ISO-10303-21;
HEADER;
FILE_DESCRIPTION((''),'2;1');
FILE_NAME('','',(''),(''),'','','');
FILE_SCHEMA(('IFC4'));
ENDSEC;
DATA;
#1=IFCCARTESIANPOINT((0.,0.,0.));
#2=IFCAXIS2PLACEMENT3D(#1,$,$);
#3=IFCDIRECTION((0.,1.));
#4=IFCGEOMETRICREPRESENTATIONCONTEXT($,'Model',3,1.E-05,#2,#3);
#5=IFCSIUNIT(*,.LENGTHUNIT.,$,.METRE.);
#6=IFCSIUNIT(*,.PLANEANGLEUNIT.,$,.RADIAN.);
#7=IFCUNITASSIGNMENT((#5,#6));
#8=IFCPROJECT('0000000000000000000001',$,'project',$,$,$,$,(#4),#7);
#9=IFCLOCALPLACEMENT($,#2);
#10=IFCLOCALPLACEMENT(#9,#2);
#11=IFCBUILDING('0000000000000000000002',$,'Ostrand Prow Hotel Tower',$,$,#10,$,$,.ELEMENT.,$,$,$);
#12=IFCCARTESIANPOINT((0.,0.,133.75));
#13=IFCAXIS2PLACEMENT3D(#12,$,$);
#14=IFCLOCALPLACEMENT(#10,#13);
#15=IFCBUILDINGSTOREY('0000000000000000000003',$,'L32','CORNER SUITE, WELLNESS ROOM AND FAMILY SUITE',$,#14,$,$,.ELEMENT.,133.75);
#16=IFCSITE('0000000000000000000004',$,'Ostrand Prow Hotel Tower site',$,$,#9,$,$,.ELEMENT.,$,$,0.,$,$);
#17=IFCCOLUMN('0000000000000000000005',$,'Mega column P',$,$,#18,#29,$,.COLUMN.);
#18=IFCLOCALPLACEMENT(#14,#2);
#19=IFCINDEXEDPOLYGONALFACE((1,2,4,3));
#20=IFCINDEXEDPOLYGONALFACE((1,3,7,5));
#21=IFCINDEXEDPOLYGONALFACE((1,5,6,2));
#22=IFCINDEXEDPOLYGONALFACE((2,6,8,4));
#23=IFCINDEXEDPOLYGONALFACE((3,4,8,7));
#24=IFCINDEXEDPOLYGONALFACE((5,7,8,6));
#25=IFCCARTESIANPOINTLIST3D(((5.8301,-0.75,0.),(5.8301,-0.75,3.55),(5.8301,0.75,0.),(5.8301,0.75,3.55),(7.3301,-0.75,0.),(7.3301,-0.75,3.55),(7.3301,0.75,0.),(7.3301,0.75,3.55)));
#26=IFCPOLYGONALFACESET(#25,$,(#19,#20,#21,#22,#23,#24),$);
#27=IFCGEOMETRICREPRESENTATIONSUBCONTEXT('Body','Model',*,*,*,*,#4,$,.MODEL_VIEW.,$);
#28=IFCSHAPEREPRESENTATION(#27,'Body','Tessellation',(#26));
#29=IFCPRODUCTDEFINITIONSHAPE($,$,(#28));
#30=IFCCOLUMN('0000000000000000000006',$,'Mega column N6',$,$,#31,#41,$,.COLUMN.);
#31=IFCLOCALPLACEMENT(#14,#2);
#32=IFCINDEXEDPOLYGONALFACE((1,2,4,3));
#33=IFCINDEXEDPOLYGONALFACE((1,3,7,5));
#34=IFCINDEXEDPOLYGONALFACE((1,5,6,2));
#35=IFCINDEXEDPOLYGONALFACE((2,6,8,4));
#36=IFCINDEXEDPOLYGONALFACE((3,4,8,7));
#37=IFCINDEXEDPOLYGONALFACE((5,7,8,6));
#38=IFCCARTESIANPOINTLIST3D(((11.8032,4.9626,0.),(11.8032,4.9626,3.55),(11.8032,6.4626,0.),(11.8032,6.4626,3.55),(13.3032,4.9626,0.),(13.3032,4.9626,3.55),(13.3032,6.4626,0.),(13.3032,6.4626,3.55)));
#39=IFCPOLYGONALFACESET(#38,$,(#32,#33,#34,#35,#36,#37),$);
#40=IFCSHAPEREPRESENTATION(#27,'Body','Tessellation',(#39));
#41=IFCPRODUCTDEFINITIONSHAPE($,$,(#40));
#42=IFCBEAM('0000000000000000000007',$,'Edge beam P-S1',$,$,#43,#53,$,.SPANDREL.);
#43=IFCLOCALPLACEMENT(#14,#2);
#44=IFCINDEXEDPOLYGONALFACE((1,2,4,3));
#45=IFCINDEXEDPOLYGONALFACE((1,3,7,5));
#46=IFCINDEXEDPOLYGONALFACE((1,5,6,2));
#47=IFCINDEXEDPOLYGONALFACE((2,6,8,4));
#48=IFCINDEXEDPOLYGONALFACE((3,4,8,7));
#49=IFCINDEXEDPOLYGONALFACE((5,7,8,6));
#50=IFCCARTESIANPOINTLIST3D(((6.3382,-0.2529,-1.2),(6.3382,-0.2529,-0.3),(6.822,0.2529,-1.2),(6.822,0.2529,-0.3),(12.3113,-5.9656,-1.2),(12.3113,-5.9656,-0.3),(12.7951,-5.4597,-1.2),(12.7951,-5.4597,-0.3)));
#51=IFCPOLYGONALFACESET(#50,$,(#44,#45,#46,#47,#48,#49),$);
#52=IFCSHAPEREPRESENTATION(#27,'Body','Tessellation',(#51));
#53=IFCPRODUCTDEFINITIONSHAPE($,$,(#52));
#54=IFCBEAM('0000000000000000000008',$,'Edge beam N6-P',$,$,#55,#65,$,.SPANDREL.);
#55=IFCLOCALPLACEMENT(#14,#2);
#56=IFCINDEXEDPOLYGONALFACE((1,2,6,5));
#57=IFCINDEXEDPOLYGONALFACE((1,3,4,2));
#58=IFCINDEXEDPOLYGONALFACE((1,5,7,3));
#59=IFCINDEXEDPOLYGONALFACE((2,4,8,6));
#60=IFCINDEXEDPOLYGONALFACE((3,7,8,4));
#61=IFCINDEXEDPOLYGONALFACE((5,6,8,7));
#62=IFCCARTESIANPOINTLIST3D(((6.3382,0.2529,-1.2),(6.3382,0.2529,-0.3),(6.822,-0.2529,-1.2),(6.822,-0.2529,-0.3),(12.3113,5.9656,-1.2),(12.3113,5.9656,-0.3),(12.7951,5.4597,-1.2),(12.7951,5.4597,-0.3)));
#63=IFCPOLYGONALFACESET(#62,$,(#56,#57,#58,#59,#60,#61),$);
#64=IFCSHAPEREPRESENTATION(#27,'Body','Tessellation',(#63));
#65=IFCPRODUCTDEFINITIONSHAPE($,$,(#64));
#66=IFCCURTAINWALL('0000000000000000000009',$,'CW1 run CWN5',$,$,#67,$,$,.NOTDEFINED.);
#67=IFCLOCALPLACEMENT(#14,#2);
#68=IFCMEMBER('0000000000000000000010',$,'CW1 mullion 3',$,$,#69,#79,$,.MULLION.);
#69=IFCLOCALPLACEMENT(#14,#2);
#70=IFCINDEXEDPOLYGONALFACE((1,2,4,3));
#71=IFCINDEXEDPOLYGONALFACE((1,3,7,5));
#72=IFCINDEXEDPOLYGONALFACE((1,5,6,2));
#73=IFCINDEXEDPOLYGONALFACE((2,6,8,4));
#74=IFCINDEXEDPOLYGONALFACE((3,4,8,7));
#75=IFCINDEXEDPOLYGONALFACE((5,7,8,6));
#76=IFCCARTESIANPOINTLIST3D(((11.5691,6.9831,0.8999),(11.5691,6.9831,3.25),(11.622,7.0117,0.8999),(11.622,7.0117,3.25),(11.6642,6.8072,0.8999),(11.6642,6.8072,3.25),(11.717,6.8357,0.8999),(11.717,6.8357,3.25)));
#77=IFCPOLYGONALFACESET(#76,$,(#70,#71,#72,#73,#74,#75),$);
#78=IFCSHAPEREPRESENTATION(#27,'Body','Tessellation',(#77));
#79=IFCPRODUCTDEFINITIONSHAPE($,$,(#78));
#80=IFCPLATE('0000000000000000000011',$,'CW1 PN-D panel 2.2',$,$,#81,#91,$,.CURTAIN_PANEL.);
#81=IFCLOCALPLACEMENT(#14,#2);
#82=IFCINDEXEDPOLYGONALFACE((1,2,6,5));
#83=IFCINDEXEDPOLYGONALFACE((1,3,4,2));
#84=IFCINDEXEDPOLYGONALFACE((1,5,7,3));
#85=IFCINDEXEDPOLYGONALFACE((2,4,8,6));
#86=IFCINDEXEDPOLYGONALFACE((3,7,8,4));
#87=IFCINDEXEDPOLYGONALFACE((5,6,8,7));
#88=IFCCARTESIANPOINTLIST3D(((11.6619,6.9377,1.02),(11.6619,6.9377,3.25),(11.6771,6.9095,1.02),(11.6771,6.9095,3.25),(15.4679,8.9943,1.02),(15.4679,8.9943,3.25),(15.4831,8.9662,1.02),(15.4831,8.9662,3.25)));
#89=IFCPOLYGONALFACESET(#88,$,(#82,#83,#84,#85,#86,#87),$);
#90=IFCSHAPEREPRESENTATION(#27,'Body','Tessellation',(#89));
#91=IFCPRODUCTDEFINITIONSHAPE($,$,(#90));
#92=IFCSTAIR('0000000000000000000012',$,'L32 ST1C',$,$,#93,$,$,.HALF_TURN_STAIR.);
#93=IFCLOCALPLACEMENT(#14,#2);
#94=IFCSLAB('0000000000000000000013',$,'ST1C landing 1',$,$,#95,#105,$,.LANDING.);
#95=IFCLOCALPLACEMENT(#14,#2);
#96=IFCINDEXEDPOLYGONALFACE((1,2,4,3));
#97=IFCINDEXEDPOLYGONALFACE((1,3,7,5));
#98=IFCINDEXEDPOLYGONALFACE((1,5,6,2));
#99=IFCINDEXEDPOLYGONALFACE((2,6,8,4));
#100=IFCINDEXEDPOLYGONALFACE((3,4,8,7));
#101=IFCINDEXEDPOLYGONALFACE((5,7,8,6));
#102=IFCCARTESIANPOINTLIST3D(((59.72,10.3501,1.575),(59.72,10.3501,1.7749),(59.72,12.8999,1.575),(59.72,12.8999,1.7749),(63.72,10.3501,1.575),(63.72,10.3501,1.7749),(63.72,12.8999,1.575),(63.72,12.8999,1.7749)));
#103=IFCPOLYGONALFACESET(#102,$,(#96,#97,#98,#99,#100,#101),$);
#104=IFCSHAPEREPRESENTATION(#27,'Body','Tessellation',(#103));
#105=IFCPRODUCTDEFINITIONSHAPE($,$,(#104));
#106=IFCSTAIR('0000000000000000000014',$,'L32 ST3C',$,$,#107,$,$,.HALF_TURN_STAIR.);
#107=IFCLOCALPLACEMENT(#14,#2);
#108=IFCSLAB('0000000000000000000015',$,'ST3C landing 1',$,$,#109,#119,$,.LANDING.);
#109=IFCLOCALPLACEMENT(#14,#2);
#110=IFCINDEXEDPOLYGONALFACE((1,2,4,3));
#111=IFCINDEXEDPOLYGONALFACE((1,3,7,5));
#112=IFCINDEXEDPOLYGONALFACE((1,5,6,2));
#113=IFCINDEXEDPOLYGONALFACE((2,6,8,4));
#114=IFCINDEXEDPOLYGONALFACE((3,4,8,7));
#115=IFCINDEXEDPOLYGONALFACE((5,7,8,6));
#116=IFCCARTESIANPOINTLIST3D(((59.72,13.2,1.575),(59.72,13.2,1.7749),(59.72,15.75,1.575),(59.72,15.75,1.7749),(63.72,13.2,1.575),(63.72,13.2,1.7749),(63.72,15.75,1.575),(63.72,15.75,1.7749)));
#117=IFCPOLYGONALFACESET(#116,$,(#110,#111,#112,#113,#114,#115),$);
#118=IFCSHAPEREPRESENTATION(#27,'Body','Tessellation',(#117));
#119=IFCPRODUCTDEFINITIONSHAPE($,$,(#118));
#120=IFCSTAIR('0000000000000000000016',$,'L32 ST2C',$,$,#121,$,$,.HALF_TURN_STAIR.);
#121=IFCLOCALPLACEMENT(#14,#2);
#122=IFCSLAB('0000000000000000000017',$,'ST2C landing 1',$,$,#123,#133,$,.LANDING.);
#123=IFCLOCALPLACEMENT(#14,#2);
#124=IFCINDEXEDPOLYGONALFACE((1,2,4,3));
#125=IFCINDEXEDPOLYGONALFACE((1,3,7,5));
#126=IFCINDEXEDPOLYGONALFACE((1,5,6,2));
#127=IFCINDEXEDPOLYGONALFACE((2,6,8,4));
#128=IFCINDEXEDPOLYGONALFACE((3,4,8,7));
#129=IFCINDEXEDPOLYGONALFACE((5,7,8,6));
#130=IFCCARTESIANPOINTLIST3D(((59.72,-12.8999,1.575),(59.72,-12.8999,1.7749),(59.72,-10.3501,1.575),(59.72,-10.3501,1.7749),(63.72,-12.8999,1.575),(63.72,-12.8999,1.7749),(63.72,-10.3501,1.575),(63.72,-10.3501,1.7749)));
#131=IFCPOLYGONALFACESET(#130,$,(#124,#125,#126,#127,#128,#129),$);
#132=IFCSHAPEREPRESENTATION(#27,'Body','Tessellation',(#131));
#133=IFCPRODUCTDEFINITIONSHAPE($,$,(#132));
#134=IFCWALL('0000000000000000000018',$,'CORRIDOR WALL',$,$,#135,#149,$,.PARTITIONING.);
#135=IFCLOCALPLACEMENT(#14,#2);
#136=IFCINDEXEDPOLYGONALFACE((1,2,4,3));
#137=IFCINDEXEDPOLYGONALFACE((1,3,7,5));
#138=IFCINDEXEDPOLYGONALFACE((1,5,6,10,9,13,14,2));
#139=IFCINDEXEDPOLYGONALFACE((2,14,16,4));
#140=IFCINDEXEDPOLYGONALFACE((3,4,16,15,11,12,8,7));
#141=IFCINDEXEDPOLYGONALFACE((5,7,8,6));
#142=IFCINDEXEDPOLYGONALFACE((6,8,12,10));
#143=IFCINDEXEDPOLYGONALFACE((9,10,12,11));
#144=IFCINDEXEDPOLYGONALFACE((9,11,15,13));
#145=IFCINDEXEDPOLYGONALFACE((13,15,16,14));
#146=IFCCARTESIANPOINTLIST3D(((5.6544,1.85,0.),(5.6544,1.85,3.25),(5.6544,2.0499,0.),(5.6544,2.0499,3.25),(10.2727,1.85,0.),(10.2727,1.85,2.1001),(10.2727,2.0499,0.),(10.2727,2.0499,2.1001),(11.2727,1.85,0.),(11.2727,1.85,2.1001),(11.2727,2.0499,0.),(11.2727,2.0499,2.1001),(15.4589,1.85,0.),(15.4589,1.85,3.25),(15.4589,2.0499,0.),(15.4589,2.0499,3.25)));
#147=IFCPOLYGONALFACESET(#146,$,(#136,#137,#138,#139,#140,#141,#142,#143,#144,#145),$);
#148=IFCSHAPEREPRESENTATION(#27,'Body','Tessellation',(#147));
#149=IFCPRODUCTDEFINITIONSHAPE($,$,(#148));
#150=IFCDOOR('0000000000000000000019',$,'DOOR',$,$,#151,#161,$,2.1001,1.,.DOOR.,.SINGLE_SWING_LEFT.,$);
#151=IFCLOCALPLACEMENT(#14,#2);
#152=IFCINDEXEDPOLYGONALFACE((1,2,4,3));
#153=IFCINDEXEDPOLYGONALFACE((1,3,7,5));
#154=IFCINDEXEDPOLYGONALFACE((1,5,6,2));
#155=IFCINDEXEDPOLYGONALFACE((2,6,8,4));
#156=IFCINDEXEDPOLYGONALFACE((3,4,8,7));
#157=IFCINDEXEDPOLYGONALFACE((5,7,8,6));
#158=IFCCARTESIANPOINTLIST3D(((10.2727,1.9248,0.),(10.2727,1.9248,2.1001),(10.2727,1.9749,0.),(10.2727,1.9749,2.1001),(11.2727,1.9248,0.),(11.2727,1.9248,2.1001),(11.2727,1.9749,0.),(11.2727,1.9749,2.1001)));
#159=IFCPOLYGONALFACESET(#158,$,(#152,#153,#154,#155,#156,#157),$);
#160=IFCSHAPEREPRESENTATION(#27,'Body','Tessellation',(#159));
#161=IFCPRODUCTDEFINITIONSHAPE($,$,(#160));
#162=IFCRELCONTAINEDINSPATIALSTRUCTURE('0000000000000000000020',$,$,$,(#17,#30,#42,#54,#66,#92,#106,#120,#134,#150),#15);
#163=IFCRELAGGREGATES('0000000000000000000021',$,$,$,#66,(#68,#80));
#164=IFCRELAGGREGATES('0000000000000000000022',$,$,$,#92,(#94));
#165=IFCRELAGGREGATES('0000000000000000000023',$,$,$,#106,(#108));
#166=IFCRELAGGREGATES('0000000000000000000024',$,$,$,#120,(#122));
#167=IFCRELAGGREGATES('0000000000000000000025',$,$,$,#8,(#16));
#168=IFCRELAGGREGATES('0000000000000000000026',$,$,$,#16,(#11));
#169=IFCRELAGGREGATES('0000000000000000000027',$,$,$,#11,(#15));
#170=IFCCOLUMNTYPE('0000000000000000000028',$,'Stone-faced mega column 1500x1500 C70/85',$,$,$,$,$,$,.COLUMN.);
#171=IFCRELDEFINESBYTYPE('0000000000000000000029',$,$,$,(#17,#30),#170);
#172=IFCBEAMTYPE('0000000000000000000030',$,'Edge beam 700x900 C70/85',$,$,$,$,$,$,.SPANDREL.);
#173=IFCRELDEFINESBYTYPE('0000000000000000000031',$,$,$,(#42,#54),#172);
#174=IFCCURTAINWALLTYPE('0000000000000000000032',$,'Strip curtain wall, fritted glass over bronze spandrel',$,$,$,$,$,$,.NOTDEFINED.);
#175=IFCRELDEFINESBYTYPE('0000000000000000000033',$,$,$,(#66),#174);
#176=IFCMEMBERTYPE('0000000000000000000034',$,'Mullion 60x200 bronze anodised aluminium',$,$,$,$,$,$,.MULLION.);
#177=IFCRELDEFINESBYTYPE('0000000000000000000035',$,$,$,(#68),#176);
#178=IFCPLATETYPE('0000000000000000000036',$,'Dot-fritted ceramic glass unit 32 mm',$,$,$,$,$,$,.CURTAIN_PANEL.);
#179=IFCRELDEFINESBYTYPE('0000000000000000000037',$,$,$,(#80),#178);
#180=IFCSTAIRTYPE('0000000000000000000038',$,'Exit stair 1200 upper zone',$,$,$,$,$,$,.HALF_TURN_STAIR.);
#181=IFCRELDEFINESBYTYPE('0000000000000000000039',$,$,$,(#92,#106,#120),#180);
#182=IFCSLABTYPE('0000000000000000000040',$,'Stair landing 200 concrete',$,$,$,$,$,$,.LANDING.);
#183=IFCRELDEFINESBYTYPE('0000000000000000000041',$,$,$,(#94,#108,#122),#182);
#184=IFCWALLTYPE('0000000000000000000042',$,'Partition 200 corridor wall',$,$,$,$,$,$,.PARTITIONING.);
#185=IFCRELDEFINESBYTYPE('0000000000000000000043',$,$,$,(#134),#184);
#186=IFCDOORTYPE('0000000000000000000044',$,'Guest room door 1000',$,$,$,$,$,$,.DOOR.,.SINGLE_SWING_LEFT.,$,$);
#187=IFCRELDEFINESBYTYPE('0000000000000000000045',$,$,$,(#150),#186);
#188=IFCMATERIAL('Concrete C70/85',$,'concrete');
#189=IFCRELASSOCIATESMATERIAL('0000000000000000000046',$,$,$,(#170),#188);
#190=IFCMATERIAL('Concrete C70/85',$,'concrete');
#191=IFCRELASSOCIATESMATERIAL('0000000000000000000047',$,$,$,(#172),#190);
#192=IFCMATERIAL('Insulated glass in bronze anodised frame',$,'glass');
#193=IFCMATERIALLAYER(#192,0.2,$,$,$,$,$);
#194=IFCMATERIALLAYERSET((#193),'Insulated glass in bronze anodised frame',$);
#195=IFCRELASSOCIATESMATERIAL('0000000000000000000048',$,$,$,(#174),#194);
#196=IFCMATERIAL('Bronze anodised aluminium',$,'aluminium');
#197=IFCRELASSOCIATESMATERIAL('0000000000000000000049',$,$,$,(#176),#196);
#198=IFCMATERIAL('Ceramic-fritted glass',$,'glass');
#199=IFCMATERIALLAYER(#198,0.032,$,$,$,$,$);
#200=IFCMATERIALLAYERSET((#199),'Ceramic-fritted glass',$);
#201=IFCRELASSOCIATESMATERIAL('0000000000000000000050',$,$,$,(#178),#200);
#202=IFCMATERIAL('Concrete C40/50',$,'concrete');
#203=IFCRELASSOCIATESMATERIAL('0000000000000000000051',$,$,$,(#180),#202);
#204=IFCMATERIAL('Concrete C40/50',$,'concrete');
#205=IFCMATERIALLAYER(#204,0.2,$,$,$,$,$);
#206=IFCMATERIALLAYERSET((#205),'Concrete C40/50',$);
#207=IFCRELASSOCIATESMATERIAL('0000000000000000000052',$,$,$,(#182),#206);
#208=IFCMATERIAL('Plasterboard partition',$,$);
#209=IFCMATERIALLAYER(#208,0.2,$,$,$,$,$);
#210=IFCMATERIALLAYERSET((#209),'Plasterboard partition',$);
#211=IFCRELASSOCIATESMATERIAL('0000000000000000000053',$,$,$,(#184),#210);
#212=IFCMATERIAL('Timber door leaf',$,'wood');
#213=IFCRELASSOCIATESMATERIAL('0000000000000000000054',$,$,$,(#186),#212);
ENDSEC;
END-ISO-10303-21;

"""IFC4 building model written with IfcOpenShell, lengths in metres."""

from ifc_helpers import new_model, si_unit, direction, frame, frame_2d, origin, origin_2d, place, context, subcontext, project, spatial, polyline, rectangle, outline, extrude, material, layer, layer_set, material_profile, profile_set, type_object, element, fill, aggregate, save


model = new_model("IFC4")

# Units and contexts
model_context = context("Model", 3, precision=1e-05, world=origin(), true_north=direction((0.0, 1.0)))
body_context = subcontext(model_context, "Body", "Model", "MODEL_VIEW")
ifc_project = project(units=[si_unit("LENGTHUNIT", "METRE"), si_unit("PLANEANGLEUNIT", "RADIAN")], contexts=[model_context])

# Site, building, storey
site_placement = place(None, origin())
site = spatial("IfcSite", under=ifc_project, at=site_placement, Name="Ostrand Prow Hotel Tower site", CompositionType="ELEMENT", RefElevation=0.0)
building_placement = place(site_placement, origin())
building = spatial("IfcBuilding", under=site, at=building_placement, Name="Ostrand Prow Hotel Tower", CompositionType="ELEMENT")
storey_placement = place(building_placement, frame((0.0, 0.0, 133.75)))
storey = spatial("IfcBuildingStorey", under=building, at=storey_placement, Name="L32", Description="CORNER SUITE, WELLNESS ROOM AND FAMILY SUITE", CompositionType="ELEMENT", Elevation=133.75)

# Columns
ifc_material_1 = material(Name="Concrete C70/85", Category="concrete")
ifc_material_profile_1 = material_profile(ifc_material_1, rectangle(XDim=1.5, YDim=1.5, at=origin_2d()), Name="RC 1500x1500")
ifc_profile_set_1 = profile_set([ifc_material_profile_1], Name="Concrete C70/85")
column_type = type_object("IfcColumnType", Name="Stone-faced mega column 1500x1500 C70/85", PredefinedType="COLUMN", material=ifc_profile_set_1)
for number, where, z_axis, x_axis, name in (
    (1, (6.5801, 0.0, 0.0), (0.0, 0.0, 1.0), (1.0, 0.0, 0.0), "Mega column P"),
    (2, (12.5532, 5.7126, 0.0), (0.0, 0.0, 1.0), (1.0, 0.0, 0.0), "Mega column N6"),
):
    element("IfcColumn", number, at=place(storey_placement, frame(where, z_axis=z_axis, x_axis=x_axis)), inside=storey, type_object=column_type, Name=name, PredefinedType="COLUMN", context=body_context, shape_type="SweptSolid", body=[
        extrude(rectangle(XDim=1.5, YDim=1.5, at=origin_2d()), origin(), (0.0, 0.0, 1.0), 3.55),
    ])

# Beams
ifc_material_2 = material(Name="Concrete C70/85", Category="concrete")
ifc_material_profile_2 = material_profile(ifc_material_2, rectangle(XDim=0.7, YDim=0.8999, at=origin_2d()), Name="RC 700x900")
ifc_profile_set_2 = profile_set([ifc_material_profile_2], Name="Concrete C70/85")
beam_type = type_object("IfcBeamType", Name="Edge beam 700x900 C70/85", PredefinedType="SPANDREL", material=ifc_profile_set_2)
for number, where, z_axis, x_axis, name in (
    (3, (6.5801, 0.0, -0.75), (0.72269, -0.691172, 0.0), (0.691172, 0.72269, 0.0), "Edge beam P-S1"),
    (4, (12.5532, 5.7126, -0.75), (-0.72269, -0.691172, 0.0), (0.691172, -0.72269, 0.0), "Edge beam N6-P"),
):
    element("IfcBeam", number, at=place(storey_placement, frame(where, z_axis=z_axis, x_axis=x_axis)), inside=storey, type_object=beam_type, Name=name, PredefinedType="SPANDREL", context=body_context, shape_type="SweptSolid", body=[
        extrude(rectangle(XDim=0.7, YDim=0.8999, at=origin_2d()), origin(), (0.0, 0.0, 1.0), 8.2651),
    ])

# Curtain wall, member, plate
ifc_material_3 = material(Name="Insulated glass in bronze anodised frame", Category="glass")
ifc_layer_1 = layer(ifc_material_3, 0.2)
ifc_layer_set_1 = layer_set([ifc_layer_1], Name="Insulated glass in bronze anodised frame")
curtain_wall_type = type_object("IfcCurtainWallType", Name="Strip curtain wall, fritted glass over bronze spandrel", PredefinedType="NOTDEFINED", material=ifc_layer_set_1)
curtain_wall_placement = place(storey_placement, origin())
curtain_wall = element("IfcCurtainWall", 5, at=curtain_wall_placement, inside=storey, type_object=curtain_wall_type, Name="CW1 run CWN5", PredefinedType="NOTDEFINED")
ifc_material_4 = material(Name="Bronze anodised aluminium", Category="aluminium")
ifc_material_profile_3 = material_profile(ifc_material_4, rectangle(XDim=0.2, YDim=0.0601, at=origin_2d()), Name="Mullion 60x200 bronze anodised aluminium")
ifc_profile_set_3 = profile_set([ifc_material_profile_3], Name="Bronze anodised aluminium")
member_type = type_object("IfcMemberType", Name="Mullion 60x200 bronze anodised aluminium", PredefinedType="MULLION", material=ifc_profile_set_3)
member_placement = place(storey_placement, frame((11.6431, 6.9094, 0.8999), z_axis=(0.0, 0.0, 1.0), x_axis=(0.475394, -0.879773, 0.0)))
member = element("IfcMember", 6, at=member_placement, type_object=member_type, Name="CW1 mullion 3", PredefinedType="MULLION", context=body_context, shape_type="SweptSolid", body=[
    extrude(rectangle(XDim=0.2, YDim=0.0601, at=origin_2d()), origin(), (0.0, 0.0, 1.0), 2.3501),
])
ifc_material_5 = material(Name="Ceramic-fritted glass", Category="glass")
ifc_layer_2 = layer(ifc_material_5, 0.032)
ifc_layer_set_2 = layer_set([ifc_layer_2], Name="Ceramic-fritted glass")
plate_type = type_object("IfcPlateType", Name="Dot-fritted ceramic glass unit 32 mm", PredefinedType="CURTAIN_PANEL", material=ifc_layer_set_2)
plate_placement = place(storey_placement, frame((13.5725, 7.9519, 1.02), z_axis=(0.0, 0.0, 1.0), x_axis=(-0.879773, -0.475394, 0.0)))
plate = element("IfcPlate", 7, at=plate_placement, type_object=plate_type, Name="CW1 PN-D panel 2.2", PredefinedType="CURTAIN_PANEL", context=body_context, shape_type="SweptSolid", body=[
    extrude(rectangle(XDim=4.3262, YDim=0.032, at=origin_2d()), origin(), (0.0, 0.0, 1.0), 2.23),
])
aggregate(curtain_wall, [member, plate])

# Stairs, slabs
ifc_material_6 = material(Name="Concrete C40/50", Category="concrete")
stair_type = type_object("IfcStairType", Name="Exit stair 1200 upper zone", PredefinedType="HALF_TURN_STAIR", material=ifc_material_6)
stair_1_placement = place(storey_placement, origin())
stair_1 = element("IfcStair", 8, at=stair_1_placement, inside=storey, type_object=stair_type, Name="L32 ST1C", PredefinedType="HALF_TURN_STAIR")
ifc_material_7 = material(Name="Concrete C40/50", Category="concrete")
ifc_layer_3 = layer(ifc_material_7, 0.2)
ifc_layer_set_3 = layer_set([ifc_layer_3], Name="Concrete C40/50")
slab_type = type_object("IfcSlabType", Name="Stair landing 200 concrete", PredefinedType="LANDING", material=ifc_layer_set_3)
slab_1_placement = place(storey_placement, frame((0.0, 0.0, 1.575)))
slab_1 = element("IfcSlab", 9, at=slab_1_placement, type_object=slab_type, Name="ST1C landing 1", PredefinedType="LANDING", context=body_context, shape_type="SweptSolid", body=[
    extrude(outline(polyline([(59.72, 10.3501), (63.72, 10.3501), (63.72, 12.8999), (59.72, 12.8999), (59.72, 10.3501)])), origin(), (0.0, 0.0, 1.0), 0.2),
])
aggregate(stair_1, [slab_1])
stair_2_placement = place(storey_placement, origin())
stair_2 = element("IfcStair", 10, at=stair_2_placement, inside=storey, type_object=stair_type, Name="L32 ST3C", PredefinedType="HALF_TURN_STAIR")
slab_2_placement = place(storey_placement, frame((0.0, 0.0, 1.575)))
slab_2 = element("IfcSlab", 11, at=slab_2_placement, type_object=slab_type, Name="ST3C landing 1", PredefinedType="LANDING", context=body_context, shape_type="SweptSolid", body=[
    extrude(outline(polyline([(59.72, 13.2), (63.72, 13.2), (63.72, 15.75), (59.72, 15.75), (59.72, 13.2)])), origin(), (0.0, 0.0, 1.0), 0.2),
])
aggregate(stair_2, [slab_2])
stair_3_placement = place(storey_placement, origin())
stair_3 = element("IfcStair", 12, at=stair_3_placement, inside=storey, type_object=stair_type, Name="L32 ST2C", PredefinedType="HALF_TURN_STAIR")
slab_3_placement = place(storey_placement, frame((0.0, 0.0, 1.575)))
slab_3 = element("IfcSlab", 13, at=slab_3_placement, type_object=slab_type, Name="ST2C landing 1", PredefinedType="LANDING", context=body_context, shape_type="SweptSolid", body=[
    extrude(outline(polyline([(59.72, -12.8999), (63.72, -12.8999), (63.72, -10.3501), (59.72, -10.3501), (59.72, -12.8999)])), origin(), (0.0, 0.0, 1.0), 0.2),
])
aggregate(stair_3, [slab_3])

# Wall, opening, door
ifc_material_8 = material(Name="Plasterboard partition")
ifc_layer_4 = layer(ifc_material_8, 0.2)
ifc_layer_set_4 = layer_set([ifc_layer_4], Name="Plasterboard partition")
wall_type_1 = type_object("IfcWallType", Name="Partition 200 corridor wall", PredefinedType="PARTITIONING", material=ifc_layer_set_4)
wall_1_placement = place(storey_placement, frame((5.6543, 1.95, 0.0), z_axis=(0.0, 0.0, 1.0), x_axis=(1.0, 0.0, 0.0)))
wall_1 = element("IfcWall", 14, at=wall_1_placement, inside=storey, type_object=wall_type_1, Name="CORRIDOR WALL", PredefinedType="PARTITIONING", context=body_context, shape_type="SweptSolid", body=[
    extrude(rectangle(XDim=9.8044, YDim=0.2, at=frame_2d((4.9023, 0.0))), origin(), (0.0, 0.0, 1.0), 3.25),
])
opening_1_placement = place(wall_1_placement, frame((4.6184, 0.0, 0.0)))
opening_1 = element("IfcOpeningElement", 15, at=opening_1_placement, cuts=wall_1, PredefinedType="OPENING", context=body_context, shape_type="SweptSolid", body=[
    extrude(rectangle(XDim=1.0, YDim=2.1001, at=frame_2d((0.5, 1.05))), frame((0.0, 0.1099, 0.0), z_axis=(0.0, -1.0, 0.0), x_axis=(1.0, 0.0, 0.0)), (0.0, 0.0, 1.0), 0.22),
])
ifc_material_9 = material(Name="Timber door leaf", Category="wood")
door_type = type_object("IfcDoorType", Name="Guest room door 1000", OperationType="SINGLE_SWING_LEFT", PredefinedType="DOOR", material=ifc_material_9)
door_placement = place(opening_1_placement, origin())
door = element("IfcDoor", 16, at=door_placement, inside=storey, type_object=door_type, Name="DOOR", OperationType="SINGLE_SWING_LEFT", OverallHeight=2.1001, OverallWidth=1.0, PredefinedType="DOOR", context=body_context, shape_type="SweptSolid", body=[
    extrude(rectangle(XDim=1.0, YDim=2.1001, at=frame_2d((0.5, 1.05))), frame((0.0, 0.0249, 0.0), z_axis=(0.0, -1.0, 0.0), x_axis=(1.0, 0.0, 0.0)), (0.0, 0.0, 1.0), 0.05),
])
fill(opening_1, door)

save(model, "model.ifc")
